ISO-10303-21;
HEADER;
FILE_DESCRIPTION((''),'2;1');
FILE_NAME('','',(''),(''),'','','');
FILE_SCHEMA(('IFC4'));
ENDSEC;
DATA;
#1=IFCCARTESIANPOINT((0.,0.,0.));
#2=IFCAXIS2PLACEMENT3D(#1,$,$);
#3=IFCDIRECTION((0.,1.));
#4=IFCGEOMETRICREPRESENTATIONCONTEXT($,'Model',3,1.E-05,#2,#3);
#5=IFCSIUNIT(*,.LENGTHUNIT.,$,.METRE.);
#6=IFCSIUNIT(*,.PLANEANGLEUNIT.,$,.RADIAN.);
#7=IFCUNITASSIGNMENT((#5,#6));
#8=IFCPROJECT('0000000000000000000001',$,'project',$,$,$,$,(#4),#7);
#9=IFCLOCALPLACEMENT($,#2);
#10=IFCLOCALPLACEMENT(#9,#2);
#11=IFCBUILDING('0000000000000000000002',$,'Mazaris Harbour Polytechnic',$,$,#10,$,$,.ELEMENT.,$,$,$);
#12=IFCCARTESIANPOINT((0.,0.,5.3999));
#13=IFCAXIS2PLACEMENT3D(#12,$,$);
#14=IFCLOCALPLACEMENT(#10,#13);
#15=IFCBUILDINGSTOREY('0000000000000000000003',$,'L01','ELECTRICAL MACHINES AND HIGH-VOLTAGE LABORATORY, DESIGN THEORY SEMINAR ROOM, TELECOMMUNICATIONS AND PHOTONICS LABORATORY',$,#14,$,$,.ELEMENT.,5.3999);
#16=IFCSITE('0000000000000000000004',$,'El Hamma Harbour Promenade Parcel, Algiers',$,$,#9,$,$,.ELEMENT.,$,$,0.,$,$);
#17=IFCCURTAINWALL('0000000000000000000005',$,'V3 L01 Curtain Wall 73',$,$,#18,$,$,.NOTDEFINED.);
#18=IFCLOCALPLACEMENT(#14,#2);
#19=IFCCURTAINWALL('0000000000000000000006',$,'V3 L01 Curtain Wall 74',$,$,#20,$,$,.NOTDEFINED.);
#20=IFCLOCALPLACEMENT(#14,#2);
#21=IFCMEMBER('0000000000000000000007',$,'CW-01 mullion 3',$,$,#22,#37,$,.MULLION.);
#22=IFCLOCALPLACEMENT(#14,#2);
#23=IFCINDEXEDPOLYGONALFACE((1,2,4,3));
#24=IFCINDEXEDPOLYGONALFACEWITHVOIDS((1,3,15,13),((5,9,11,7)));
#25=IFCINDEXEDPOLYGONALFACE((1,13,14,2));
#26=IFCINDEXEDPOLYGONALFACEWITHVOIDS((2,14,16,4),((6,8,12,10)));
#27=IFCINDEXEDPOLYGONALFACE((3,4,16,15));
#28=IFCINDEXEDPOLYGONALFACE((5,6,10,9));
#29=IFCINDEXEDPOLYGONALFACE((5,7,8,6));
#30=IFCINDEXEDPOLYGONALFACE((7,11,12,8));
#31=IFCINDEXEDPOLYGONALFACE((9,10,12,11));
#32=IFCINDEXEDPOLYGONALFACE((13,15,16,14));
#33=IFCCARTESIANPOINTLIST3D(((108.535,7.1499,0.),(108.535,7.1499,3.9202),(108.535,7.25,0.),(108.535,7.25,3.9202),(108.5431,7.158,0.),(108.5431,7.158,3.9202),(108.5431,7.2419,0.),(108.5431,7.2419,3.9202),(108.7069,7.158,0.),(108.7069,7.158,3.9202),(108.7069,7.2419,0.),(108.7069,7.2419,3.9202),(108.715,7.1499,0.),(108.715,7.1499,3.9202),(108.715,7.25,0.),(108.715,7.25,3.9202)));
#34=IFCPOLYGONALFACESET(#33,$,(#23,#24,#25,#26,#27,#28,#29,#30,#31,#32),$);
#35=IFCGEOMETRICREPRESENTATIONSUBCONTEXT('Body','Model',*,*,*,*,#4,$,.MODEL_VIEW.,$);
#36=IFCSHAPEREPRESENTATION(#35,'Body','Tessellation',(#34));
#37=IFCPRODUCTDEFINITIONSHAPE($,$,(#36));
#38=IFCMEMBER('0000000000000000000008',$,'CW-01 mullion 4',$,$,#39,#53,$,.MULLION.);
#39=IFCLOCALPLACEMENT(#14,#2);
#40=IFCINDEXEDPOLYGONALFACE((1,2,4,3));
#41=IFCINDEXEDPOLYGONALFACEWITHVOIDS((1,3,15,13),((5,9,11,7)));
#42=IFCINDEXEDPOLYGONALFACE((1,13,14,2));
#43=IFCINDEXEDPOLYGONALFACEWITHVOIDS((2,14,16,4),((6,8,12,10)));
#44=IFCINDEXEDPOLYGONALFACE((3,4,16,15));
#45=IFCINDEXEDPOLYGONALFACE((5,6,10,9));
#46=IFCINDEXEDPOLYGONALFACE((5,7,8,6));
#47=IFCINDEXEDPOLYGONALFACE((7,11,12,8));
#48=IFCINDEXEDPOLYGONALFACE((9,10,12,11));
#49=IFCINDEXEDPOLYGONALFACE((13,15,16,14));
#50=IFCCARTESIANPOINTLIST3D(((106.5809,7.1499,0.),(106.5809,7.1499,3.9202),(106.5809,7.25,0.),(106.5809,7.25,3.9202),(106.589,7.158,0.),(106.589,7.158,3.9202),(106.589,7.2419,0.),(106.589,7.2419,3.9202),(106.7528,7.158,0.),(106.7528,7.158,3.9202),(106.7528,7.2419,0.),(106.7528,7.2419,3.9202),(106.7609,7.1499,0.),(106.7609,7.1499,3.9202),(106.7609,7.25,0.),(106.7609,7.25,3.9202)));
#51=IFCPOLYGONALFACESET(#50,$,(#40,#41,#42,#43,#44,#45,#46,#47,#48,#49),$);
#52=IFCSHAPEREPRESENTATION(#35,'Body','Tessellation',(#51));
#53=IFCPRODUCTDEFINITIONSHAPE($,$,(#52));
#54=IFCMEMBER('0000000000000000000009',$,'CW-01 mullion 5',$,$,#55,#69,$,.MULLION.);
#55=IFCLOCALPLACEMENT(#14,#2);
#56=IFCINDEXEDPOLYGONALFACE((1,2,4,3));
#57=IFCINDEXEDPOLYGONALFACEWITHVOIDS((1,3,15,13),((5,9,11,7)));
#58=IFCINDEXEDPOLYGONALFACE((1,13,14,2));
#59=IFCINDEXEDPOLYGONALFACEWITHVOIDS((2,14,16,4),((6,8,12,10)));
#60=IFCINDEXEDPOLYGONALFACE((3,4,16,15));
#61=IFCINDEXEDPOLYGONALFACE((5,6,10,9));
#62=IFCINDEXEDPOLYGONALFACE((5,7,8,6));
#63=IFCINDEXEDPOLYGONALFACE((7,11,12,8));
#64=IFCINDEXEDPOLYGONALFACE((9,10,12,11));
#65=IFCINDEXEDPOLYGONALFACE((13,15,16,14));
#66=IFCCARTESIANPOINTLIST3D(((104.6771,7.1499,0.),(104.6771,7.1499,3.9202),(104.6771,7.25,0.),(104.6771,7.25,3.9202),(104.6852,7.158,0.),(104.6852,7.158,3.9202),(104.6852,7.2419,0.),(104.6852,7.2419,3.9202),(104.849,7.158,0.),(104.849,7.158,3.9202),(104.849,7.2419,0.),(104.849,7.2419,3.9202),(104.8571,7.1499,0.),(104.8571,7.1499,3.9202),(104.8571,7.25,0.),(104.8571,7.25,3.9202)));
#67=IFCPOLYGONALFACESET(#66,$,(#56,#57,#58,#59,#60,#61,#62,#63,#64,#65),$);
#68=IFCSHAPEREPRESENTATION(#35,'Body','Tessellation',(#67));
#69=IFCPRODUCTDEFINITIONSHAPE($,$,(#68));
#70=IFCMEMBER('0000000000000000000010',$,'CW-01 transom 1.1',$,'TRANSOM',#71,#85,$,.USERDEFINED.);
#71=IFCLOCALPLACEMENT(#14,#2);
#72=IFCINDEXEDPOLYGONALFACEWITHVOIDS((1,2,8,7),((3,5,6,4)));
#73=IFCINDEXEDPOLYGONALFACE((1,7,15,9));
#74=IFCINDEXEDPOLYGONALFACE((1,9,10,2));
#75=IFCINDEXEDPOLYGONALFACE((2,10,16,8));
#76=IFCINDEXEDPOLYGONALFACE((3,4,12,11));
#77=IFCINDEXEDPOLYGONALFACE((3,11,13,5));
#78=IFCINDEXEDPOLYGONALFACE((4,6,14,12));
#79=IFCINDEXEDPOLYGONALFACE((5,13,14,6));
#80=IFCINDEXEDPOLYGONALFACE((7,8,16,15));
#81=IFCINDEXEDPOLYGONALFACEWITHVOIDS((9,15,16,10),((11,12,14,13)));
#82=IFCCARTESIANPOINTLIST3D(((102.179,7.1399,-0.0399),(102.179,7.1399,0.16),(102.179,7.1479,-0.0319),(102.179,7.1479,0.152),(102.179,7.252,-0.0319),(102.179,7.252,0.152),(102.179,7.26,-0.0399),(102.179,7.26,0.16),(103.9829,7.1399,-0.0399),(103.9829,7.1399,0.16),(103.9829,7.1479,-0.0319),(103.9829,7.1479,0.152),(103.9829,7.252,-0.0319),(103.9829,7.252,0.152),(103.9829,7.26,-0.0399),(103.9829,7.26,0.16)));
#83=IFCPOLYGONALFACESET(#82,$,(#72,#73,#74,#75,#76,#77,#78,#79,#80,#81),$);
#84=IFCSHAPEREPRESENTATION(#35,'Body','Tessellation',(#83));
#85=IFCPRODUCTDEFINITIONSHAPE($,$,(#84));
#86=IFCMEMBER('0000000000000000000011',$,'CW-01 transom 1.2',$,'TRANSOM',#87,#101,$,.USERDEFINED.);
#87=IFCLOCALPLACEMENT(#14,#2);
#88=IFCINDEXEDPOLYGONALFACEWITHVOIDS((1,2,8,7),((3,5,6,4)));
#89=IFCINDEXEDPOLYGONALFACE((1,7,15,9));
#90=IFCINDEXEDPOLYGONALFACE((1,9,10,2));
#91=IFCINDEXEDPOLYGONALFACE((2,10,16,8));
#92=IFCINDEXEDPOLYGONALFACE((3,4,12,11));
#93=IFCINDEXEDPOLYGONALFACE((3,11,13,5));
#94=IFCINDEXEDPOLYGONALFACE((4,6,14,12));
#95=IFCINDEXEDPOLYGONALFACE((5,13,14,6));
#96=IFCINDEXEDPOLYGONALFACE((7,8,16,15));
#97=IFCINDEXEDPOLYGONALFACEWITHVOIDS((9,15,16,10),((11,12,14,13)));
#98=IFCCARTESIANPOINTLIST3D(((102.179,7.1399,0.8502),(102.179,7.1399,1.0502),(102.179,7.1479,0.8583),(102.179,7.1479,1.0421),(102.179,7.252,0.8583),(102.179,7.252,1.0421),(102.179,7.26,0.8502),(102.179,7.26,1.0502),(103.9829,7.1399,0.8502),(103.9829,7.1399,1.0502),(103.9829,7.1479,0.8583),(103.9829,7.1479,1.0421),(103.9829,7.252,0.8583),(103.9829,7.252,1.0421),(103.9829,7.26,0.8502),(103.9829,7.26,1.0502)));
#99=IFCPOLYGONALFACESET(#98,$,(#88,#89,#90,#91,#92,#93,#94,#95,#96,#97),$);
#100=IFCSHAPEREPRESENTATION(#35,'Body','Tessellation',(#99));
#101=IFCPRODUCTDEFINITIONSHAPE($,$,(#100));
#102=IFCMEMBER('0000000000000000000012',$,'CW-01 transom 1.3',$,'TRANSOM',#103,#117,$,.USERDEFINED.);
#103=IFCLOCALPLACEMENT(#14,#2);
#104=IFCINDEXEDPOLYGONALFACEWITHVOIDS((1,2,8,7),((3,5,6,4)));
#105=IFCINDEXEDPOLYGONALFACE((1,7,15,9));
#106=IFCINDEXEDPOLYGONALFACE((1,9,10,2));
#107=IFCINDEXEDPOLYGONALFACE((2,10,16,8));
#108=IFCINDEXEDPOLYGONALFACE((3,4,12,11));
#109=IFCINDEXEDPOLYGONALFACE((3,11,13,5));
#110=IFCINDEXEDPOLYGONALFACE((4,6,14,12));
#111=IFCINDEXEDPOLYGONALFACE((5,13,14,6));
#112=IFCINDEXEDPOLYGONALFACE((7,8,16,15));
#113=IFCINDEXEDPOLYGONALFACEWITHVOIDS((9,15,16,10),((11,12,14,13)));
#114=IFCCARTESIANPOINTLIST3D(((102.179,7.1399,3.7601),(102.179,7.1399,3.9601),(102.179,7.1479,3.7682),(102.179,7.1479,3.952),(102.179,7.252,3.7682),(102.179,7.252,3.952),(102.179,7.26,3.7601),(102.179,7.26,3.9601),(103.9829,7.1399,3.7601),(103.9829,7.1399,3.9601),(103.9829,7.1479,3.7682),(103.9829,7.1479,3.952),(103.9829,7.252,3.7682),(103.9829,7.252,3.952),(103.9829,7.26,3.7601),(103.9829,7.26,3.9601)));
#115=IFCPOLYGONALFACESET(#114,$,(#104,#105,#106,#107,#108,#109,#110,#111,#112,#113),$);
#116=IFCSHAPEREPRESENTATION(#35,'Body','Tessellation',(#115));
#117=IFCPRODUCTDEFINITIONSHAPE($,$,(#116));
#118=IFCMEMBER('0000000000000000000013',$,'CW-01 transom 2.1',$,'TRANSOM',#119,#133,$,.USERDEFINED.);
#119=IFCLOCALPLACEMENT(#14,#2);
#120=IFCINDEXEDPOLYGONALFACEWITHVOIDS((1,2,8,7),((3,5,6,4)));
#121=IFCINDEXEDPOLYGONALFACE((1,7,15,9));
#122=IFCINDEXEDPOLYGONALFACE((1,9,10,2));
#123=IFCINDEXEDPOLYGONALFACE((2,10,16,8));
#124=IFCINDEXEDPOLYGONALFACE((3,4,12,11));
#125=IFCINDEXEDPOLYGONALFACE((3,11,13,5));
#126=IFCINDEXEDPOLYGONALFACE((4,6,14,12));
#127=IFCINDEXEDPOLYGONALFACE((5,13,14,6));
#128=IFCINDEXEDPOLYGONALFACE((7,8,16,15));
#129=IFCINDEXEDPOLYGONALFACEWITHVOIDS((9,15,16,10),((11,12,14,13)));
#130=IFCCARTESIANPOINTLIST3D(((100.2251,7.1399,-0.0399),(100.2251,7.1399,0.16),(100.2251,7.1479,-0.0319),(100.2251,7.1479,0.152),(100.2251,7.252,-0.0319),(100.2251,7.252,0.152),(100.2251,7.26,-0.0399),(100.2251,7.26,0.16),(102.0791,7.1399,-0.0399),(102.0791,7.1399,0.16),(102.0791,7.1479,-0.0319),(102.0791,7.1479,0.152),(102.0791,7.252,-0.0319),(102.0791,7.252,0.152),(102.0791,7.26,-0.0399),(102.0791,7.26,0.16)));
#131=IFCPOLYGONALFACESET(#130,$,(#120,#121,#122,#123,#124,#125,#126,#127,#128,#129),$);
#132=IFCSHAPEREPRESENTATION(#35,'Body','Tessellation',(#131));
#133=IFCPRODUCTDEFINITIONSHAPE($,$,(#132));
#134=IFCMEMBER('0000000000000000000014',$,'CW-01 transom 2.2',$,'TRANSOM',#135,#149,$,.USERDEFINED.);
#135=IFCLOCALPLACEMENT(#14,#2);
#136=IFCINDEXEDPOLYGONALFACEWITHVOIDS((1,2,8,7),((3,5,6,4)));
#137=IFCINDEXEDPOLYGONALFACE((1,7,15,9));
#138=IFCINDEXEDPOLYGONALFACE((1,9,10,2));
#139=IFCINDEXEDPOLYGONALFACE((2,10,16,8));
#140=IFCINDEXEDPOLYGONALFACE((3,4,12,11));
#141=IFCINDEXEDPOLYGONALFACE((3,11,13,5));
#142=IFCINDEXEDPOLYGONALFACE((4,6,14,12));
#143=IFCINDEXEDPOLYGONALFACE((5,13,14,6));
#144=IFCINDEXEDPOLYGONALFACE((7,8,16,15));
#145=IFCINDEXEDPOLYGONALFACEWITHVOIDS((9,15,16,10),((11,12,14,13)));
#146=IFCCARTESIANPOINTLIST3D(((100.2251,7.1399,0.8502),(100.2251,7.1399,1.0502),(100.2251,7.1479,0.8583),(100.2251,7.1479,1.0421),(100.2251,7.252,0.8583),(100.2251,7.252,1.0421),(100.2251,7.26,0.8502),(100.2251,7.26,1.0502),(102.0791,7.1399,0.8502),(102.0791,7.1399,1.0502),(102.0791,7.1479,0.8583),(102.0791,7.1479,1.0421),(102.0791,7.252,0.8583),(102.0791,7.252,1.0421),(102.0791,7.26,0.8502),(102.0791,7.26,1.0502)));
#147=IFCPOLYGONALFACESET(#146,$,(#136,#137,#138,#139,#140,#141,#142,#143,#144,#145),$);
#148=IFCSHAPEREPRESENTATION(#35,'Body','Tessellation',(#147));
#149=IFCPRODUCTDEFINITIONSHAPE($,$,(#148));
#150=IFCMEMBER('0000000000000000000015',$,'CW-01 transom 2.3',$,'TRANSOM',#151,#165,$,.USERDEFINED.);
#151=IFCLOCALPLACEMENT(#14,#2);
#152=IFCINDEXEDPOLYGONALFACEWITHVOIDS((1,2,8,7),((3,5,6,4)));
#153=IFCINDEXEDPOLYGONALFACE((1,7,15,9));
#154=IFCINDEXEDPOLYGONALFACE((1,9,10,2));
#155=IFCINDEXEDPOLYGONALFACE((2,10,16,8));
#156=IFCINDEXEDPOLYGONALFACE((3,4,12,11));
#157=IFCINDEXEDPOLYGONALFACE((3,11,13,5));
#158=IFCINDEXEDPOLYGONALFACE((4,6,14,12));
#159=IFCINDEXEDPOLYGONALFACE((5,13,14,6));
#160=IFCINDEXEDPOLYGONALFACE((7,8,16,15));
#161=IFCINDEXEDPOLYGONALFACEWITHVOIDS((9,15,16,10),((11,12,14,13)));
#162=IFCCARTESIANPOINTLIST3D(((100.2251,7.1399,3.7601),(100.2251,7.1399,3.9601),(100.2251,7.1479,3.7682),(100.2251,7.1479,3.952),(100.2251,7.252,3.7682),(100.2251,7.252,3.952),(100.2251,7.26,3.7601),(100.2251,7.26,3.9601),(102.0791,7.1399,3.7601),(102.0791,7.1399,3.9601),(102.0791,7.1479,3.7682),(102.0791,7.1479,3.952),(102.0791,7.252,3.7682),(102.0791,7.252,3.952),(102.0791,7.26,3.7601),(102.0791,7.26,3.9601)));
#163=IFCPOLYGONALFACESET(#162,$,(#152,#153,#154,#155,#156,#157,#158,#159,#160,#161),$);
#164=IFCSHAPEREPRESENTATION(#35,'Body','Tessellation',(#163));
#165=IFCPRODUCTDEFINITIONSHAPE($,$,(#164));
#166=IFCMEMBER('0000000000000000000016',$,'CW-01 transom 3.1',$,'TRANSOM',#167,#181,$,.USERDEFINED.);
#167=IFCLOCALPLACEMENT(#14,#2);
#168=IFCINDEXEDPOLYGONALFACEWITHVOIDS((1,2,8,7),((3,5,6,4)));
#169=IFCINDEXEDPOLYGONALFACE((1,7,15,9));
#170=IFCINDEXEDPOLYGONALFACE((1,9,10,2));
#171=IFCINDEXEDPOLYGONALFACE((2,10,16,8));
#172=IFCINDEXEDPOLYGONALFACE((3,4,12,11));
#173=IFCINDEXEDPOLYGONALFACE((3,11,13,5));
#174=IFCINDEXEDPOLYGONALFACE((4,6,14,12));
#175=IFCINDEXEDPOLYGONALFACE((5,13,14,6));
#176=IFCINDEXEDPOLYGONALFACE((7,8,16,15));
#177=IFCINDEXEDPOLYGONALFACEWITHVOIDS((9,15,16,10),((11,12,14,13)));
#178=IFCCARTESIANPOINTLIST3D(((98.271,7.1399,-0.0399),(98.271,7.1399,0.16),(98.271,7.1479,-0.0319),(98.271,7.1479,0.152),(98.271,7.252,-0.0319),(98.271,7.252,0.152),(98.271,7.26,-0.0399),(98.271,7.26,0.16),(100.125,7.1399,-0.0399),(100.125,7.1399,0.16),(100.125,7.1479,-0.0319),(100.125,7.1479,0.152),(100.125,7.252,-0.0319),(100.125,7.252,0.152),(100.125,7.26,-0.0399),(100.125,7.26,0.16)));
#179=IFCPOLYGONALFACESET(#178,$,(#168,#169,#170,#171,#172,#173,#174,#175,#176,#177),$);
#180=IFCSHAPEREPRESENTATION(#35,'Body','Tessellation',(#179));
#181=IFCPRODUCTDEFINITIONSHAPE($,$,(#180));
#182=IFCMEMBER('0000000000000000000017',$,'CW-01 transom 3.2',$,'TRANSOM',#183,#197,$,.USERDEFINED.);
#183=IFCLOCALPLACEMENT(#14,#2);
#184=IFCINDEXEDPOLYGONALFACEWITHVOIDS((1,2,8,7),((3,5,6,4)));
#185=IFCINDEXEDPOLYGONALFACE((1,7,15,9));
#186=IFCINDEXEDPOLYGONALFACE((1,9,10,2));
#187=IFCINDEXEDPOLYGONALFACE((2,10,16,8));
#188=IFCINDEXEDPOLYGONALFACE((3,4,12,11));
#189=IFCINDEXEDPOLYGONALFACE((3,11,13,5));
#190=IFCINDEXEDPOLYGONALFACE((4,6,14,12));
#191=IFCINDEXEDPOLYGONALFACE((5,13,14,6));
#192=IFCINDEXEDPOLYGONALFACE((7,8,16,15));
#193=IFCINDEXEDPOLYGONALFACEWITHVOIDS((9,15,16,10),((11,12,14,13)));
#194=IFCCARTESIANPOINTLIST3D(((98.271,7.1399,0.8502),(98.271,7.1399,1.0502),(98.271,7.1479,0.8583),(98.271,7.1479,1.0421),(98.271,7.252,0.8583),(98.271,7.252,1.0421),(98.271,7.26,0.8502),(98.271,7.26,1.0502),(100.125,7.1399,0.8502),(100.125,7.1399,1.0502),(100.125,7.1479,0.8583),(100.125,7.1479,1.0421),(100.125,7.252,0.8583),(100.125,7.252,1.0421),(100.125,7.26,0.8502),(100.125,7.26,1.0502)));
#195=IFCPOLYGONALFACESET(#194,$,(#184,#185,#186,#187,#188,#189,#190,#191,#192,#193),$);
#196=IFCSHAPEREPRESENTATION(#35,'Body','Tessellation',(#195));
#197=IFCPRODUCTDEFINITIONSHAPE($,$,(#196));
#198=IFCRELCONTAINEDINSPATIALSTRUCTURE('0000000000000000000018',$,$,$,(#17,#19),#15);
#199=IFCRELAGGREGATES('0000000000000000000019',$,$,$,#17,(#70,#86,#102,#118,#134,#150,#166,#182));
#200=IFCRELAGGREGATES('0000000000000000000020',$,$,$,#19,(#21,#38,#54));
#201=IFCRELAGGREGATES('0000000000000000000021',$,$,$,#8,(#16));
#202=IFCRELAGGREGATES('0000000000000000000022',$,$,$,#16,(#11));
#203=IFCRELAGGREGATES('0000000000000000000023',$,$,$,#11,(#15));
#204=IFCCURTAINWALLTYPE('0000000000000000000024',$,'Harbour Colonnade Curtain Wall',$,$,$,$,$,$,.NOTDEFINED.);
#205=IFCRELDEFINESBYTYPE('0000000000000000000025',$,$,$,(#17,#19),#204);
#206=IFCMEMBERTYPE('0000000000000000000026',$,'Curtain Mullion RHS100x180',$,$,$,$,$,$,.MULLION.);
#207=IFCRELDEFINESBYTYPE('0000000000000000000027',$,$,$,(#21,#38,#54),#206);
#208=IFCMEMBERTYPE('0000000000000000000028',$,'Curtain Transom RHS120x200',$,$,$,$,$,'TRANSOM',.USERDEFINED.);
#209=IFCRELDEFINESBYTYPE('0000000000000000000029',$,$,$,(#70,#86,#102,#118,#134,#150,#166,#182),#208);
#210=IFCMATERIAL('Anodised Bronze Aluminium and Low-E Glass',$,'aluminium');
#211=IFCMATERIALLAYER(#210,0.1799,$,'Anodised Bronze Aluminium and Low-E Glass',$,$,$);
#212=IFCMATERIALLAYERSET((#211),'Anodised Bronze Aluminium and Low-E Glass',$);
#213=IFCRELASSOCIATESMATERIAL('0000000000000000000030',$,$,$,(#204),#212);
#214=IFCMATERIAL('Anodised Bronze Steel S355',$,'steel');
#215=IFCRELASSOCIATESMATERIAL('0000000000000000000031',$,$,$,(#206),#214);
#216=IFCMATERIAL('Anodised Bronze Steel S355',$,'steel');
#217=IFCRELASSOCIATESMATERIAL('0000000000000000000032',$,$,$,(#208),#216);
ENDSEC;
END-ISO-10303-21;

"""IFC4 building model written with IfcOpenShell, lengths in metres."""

from ifc_helpers import new_model, si_unit, direction, frame, origin, origin_2d, place, context, subcontext, project, spatial, hollow_rectangle, extrude, material, layer, layer_set, material_profile, profile_set, type_object, element, aggregate, save


model = new_model("IFC4")

# Units and contexts
model_context = context("Model", 3, precision=1e-05, world=origin(), true_north=direction((0.0, 1.0)))
body_context = subcontext(model_context, "Body", "Model", "MODEL_VIEW")
ifc_project = project(units=[si_unit("LENGTHUNIT", "METRE"), si_unit("PLANEANGLEUNIT", "RADIAN")], contexts=[model_context])

# Site, building, storey
site_placement = place(None, origin())
site = spatial("IfcSite", under=ifc_project, at=site_placement, Name="El Hamma Harbour Promenade Parcel, Algiers", CompositionType="ELEMENT", RefElevation=0.0)
building_placement = place(site_placement, origin())
building = spatial("IfcBuilding", under=site, at=building_placement, Name="Mazaris Harbour Polytechnic", CompositionType="ELEMENT")
storey_placement = place(building_placement, frame((0.0, 0.0, 5.3999)))
storey = spatial("IfcBuildingStorey", under=building, at=storey_placement, Name="L01", Description="ELECTRICAL MACHINES AND HIGH-VOLTAGE LABORATORY, DESIGN THEORY SEMINAR ROOM, TELECOMMUNICATIONS AND PHOTONICS LABORATORY", CompositionType="ELEMENT", Elevation=5.3999)

# Curtain walls, members
ifc_material_1 = material(Name="Anodised Bronze Aluminium and Low-E Glass", Category="aluminium")
ifc_layer_1 = layer(ifc_material_1, 0.1799, Name="Anodised Bronze Aluminium and Low-E Glass")
ifc_layer_set_1 = layer_set([ifc_layer_1], Name="Anodised Bronze Aluminium and Low-E Glass")
curtain_wall_type = type_object("IfcCurtainWallType", Name="Harbour Colonnade Curtain Wall", PredefinedType="NOTDEFINED", material=ifc_layer_set_1)
curtain_wall_1_placement = place(storey_placement, origin())
curtain_wall_1 = element("IfcCurtainWall", 1, at=curtain_wall_1_placement, inside=storey, type_object=curtain_wall_type, Name="V3 L01 Curtain Wall 73", PredefinedType="NOTDEFINED")
ifc_material_2 = material(Name="Anodised Bronze Steel S355", Category="steel")
ifc_material_profile_1 = material_profile(ifc_material_2, hollow_rectangle(XDim=0.1001, YDim=0.1799, WallThickness=0.0081, at=origin_2d()), Name="RHS 100x180x8.0")
ifc_profile_set_1 = profile_set([ifc_material_profile_1], Name="Anodised Bronze Steel S355")
member_type_1 = type_object("IfcMemberType", Name="Curtain Mullion RHS100x180", PredefinedType="MULLION", material=ifc_profile_set_1)
curtain_wall_2_placement = place(storey_placement, origin())
curtain_wall_2 = element("IfcCurtainWall", 2, at=curtain_wall_2_placement, inside=storey, type_object=curtain_wall_type, Name="V3 L01 Curtain Wall 74", PredefinedType="NOTDEFINED")
member_1_placement = place(storey_placement, frame((108.625, 7.2, 0.0), z_axis=(0.0, 0.0, 1.0), x_axis=(0.0, -1.0, 0.0)))
member_1 = element("IfcMember", 3, at=member_1_placement, type_object=member_type_1, Name="CW-01 mullion 3", PredefinedType="MULLION", context=body_context, shape_type="SweptSolid", body=[
    extrude(hollow_rectangle(XDim=0.1001, YDim=0.1799, WallThickness=0.0081, at=origin_2d()), origin(), (0.0, 0.0, 1.0), 3.9202),
])
member_2_placement = place(storey_placement, frame((106.6709, 7.2, 0.0), z_axis=(0.0, 0.0, 1.0), x_axis=(0.0, -1.0, 0.0)))
member_2 = element("IfcMember", 4, at=member_2_placement, type_object=member_type_1, Name="CW-01 mullion 4", PredefinedType="MULLION", context=body_context, shape_type="SweptSolid", body=[
    extrude(hollow_rectangle(XDim=0.1001, YDim=0.1799, WallThickness=0.0081, at=origin_2d()), origin(), (0.0, 0.0, 1.0), 3.9202),
])
member_3_placement = place(storey_placement, frame((104.7671, 7.2, 0.0), z_axis=(0.0, 0.0, 1.0), x_axis=(0.0, -1.0, 0.0)))
member_3 = element("IfcMember", 5, at=member_3_placement, type_object=member_type_1, Name="CW-01 mullion 5", PredefinedType="MULLION", context=body_context, shape_type="SweptSolid", body=[
    extrude(hollow_rectangle(XDim=0.1001, YDim=0.1799, WallThickness=0.0081, at=origin_2d()), origin(), (0.0, 0.0, 1.0), 3.9202),
])

# Members
ifc_material_3 = material(Name="Anodised Bronze Steel S355", Category="steel")
ifc_material_profile_2 = material_profile(ifc_material_3, hollow_rectangle(XDim=0.1201, YDim=0.2, WallThickness=0.0081, at=origin_2d()), Name="RHS 120x200x8.0")
ifc_profile_set_2 = profile_set([ifc_material_profile_2], Name="Anodised Bronze Steel S355")
member_type_2 = type_object("IfcMemberType", Name="Curtain Transom RHS120x200", ElementType="TRANSOM", PredefinedType="USERDEFINED", material=ifc_profile_set_2)
member_4_placement = place(storey_placement, frame((103.9829, 7.2, 0.0601), z_axis=(-1.0, 0.0, 0.0), x_axis=(0.0, -1.0, 0.0)))
member_4 = element("IfcMember", 6, at=member_4_placement, type_object=member_type_2, Name="CW-01 transom 1.1", ObjectType="TRANSOM", PredefinedType="USERDEFINED", context=body_context, shape_type="SweptSolid", body=[
    extrude(hollow_rectangle(XDim=0.1201, YDim=0.2, WallThickness=0.0081, at=origin_2d()), origin(), (0.0, 0.0, 1.0), 1.804),
])
member_5_placement = place(storey_placement, frame((103.9829, 7.2, 0.9502), z_axis=(-1.0, 0.0, 0.0), x_axis=(0.0, -1.0, 0.0)))
member_5 = element("IfcMember", 7, at=member_5_placement, type_object=member_type_2, Name="CW-01 transom 1.2", ObjectType="TRANSOM", PredefinedType="USERDEFINED", context=body_context, shape_type="SweptSolid", body=[
    extrude(hollow_rectangle(XDim=0.1201, YDim=0.2, WallThickness=0.0081, at=origin_2d()), origin(), (0.0, 0.0, 1.0), 1.804),
])
member_6_placement = place(storey_placement, frame((103.9829, 7.2, 3.8601), z_axis=(-1.0, 0.0, 0.0), x_axis=(0.0, -1.0, 0.0)))
member_6 = element("IfcMember", 8, at=member_6_placement, type_object=member_type_2, Name="CW-01 transom 1.3", ObjectType="TRANSOM", PredefinedType="USERDEFINED", context=body_context, shape_type="SweptSolid", body=[
    extrude(hollow_rectangle(XDim=0.1201, YDim=0.2, WallThickness=0.0081, at=origin_2d()), origin(), (0.0, 0.0, 1.0), 1.804),
])
member_7_placement = place(storey_placement, frame((102.0791, 7.2, 0.0601), z_axis=(-1.0, 0.0, 0.0), x_axis=(0.0, -1.0, 0.0)))
member_7 = element("IfcMember", 9, at=member_7_placement, type_object=member_type_2, Name="CW-01 transom 2.1", ObjectType="TRANSOM", PredefinedType="USERDEFINED", context=body_context, shape_type="SweptSolid", body=[
    extrude(hollow_rectangle(XDim=0.1201, YDim=0.2, WallThickness=0.0081, at=origin_2d()), origin(), (0.0, 0.0, 1.0), 1.854),
])
member_8_placement = place(storey_placement, frame((102.0791, 7.2, 0.9502), z_axis=(-1.0, 0.0, 0.0), x_axis=(0.0, -1.0, 0.0)))
member_8 = element("IfcMember", 10, at=member_8_placement, type_object=member_type_2, Name="CW-01 transom 2.2", ObjectType="TRANSOM", PredefinedType="USERDEFINED", context=body_context, shape_type="SweptSolid", body=[
    extrude(hollow_rectangle(XDim=0.1201, YDim=0.2, WallThickness=0.0081, at=origin_2d()), origin(), (0.0, 0.0, 1.0), 1.854),
])
member_9_placement = place(storey_placement, frame((102.0791, 7.2, 3.8601), z_axis=(-1.0, 0.0, 0.0), x_axis=(0.0, -1.0, 0.0)))
member_9 = element("IfcMember", 11, at=member_9_placement, type_object=member_type_2, Name="CW-01 transom 2.3", ObjectType="TRANSOM", PredefinedType="USERDEFINED", context=body_context, shape_type="SweptSolid", body=[
    extrude(hollow_rectangle(XDim=0.1201, YDim=0.2, WallThickness=0.0081, at=origin_2d()), origin(), (0.0, 0.0, 1.0), 1.854),
])
member_10_placement = place(storey_placement, frame((100.125, 7.2, 0.0601), z_axis=(-1.0, 0.0, 0.0), x_axis=(0.0, -1.0, 0.0)))
member_10 = element("IfcMember", 12, at=member_10_placement, type_object=member_type_2, Name="CW-01 transom 3.1", ObjectType="TRANSOM", PredefinedType="USERDEFINED", context=body_context, shape_type="SweptSolid", body=[
    extrude(hollow_rectangle(XDim=0.1201, YDim=0.2, WallThickness=0.0081, at=origin_2d()), origin(), (0.0, 0.0, 1.0), 1.854),
])
member_11_placement = place(storey_placement, frame((100.125, 7.2, 0.9502), z_axis=(-1.0, 0.0, 0.0), x_axis=(0.0, -1.0, 0.0)))
member_11 = element("IfcMember", 13, at=member_11_placement, type_object=member_type_2, Name="CW-01 transom 3.2", ObjectType="TRANSOM", PredefinedType="USERDEFINED", context=body_context, shape_type="SweptSolid", body=[
    extrude(hollow_rectangle(XDim=0.1201, YDim=0.2, WallThickness=0.0081, at=origin_2d()), origin(), (0.0, 0.0, 1.0), 1.854),
])

aggregate(curtain_wall_1, [member_4, member_5, member_6, member_7, member_8, member_9, member_10, member_11])
aggregate(curtain_wall_2, [member_1, member_2, member_3])

save(model, "model.ifc")
